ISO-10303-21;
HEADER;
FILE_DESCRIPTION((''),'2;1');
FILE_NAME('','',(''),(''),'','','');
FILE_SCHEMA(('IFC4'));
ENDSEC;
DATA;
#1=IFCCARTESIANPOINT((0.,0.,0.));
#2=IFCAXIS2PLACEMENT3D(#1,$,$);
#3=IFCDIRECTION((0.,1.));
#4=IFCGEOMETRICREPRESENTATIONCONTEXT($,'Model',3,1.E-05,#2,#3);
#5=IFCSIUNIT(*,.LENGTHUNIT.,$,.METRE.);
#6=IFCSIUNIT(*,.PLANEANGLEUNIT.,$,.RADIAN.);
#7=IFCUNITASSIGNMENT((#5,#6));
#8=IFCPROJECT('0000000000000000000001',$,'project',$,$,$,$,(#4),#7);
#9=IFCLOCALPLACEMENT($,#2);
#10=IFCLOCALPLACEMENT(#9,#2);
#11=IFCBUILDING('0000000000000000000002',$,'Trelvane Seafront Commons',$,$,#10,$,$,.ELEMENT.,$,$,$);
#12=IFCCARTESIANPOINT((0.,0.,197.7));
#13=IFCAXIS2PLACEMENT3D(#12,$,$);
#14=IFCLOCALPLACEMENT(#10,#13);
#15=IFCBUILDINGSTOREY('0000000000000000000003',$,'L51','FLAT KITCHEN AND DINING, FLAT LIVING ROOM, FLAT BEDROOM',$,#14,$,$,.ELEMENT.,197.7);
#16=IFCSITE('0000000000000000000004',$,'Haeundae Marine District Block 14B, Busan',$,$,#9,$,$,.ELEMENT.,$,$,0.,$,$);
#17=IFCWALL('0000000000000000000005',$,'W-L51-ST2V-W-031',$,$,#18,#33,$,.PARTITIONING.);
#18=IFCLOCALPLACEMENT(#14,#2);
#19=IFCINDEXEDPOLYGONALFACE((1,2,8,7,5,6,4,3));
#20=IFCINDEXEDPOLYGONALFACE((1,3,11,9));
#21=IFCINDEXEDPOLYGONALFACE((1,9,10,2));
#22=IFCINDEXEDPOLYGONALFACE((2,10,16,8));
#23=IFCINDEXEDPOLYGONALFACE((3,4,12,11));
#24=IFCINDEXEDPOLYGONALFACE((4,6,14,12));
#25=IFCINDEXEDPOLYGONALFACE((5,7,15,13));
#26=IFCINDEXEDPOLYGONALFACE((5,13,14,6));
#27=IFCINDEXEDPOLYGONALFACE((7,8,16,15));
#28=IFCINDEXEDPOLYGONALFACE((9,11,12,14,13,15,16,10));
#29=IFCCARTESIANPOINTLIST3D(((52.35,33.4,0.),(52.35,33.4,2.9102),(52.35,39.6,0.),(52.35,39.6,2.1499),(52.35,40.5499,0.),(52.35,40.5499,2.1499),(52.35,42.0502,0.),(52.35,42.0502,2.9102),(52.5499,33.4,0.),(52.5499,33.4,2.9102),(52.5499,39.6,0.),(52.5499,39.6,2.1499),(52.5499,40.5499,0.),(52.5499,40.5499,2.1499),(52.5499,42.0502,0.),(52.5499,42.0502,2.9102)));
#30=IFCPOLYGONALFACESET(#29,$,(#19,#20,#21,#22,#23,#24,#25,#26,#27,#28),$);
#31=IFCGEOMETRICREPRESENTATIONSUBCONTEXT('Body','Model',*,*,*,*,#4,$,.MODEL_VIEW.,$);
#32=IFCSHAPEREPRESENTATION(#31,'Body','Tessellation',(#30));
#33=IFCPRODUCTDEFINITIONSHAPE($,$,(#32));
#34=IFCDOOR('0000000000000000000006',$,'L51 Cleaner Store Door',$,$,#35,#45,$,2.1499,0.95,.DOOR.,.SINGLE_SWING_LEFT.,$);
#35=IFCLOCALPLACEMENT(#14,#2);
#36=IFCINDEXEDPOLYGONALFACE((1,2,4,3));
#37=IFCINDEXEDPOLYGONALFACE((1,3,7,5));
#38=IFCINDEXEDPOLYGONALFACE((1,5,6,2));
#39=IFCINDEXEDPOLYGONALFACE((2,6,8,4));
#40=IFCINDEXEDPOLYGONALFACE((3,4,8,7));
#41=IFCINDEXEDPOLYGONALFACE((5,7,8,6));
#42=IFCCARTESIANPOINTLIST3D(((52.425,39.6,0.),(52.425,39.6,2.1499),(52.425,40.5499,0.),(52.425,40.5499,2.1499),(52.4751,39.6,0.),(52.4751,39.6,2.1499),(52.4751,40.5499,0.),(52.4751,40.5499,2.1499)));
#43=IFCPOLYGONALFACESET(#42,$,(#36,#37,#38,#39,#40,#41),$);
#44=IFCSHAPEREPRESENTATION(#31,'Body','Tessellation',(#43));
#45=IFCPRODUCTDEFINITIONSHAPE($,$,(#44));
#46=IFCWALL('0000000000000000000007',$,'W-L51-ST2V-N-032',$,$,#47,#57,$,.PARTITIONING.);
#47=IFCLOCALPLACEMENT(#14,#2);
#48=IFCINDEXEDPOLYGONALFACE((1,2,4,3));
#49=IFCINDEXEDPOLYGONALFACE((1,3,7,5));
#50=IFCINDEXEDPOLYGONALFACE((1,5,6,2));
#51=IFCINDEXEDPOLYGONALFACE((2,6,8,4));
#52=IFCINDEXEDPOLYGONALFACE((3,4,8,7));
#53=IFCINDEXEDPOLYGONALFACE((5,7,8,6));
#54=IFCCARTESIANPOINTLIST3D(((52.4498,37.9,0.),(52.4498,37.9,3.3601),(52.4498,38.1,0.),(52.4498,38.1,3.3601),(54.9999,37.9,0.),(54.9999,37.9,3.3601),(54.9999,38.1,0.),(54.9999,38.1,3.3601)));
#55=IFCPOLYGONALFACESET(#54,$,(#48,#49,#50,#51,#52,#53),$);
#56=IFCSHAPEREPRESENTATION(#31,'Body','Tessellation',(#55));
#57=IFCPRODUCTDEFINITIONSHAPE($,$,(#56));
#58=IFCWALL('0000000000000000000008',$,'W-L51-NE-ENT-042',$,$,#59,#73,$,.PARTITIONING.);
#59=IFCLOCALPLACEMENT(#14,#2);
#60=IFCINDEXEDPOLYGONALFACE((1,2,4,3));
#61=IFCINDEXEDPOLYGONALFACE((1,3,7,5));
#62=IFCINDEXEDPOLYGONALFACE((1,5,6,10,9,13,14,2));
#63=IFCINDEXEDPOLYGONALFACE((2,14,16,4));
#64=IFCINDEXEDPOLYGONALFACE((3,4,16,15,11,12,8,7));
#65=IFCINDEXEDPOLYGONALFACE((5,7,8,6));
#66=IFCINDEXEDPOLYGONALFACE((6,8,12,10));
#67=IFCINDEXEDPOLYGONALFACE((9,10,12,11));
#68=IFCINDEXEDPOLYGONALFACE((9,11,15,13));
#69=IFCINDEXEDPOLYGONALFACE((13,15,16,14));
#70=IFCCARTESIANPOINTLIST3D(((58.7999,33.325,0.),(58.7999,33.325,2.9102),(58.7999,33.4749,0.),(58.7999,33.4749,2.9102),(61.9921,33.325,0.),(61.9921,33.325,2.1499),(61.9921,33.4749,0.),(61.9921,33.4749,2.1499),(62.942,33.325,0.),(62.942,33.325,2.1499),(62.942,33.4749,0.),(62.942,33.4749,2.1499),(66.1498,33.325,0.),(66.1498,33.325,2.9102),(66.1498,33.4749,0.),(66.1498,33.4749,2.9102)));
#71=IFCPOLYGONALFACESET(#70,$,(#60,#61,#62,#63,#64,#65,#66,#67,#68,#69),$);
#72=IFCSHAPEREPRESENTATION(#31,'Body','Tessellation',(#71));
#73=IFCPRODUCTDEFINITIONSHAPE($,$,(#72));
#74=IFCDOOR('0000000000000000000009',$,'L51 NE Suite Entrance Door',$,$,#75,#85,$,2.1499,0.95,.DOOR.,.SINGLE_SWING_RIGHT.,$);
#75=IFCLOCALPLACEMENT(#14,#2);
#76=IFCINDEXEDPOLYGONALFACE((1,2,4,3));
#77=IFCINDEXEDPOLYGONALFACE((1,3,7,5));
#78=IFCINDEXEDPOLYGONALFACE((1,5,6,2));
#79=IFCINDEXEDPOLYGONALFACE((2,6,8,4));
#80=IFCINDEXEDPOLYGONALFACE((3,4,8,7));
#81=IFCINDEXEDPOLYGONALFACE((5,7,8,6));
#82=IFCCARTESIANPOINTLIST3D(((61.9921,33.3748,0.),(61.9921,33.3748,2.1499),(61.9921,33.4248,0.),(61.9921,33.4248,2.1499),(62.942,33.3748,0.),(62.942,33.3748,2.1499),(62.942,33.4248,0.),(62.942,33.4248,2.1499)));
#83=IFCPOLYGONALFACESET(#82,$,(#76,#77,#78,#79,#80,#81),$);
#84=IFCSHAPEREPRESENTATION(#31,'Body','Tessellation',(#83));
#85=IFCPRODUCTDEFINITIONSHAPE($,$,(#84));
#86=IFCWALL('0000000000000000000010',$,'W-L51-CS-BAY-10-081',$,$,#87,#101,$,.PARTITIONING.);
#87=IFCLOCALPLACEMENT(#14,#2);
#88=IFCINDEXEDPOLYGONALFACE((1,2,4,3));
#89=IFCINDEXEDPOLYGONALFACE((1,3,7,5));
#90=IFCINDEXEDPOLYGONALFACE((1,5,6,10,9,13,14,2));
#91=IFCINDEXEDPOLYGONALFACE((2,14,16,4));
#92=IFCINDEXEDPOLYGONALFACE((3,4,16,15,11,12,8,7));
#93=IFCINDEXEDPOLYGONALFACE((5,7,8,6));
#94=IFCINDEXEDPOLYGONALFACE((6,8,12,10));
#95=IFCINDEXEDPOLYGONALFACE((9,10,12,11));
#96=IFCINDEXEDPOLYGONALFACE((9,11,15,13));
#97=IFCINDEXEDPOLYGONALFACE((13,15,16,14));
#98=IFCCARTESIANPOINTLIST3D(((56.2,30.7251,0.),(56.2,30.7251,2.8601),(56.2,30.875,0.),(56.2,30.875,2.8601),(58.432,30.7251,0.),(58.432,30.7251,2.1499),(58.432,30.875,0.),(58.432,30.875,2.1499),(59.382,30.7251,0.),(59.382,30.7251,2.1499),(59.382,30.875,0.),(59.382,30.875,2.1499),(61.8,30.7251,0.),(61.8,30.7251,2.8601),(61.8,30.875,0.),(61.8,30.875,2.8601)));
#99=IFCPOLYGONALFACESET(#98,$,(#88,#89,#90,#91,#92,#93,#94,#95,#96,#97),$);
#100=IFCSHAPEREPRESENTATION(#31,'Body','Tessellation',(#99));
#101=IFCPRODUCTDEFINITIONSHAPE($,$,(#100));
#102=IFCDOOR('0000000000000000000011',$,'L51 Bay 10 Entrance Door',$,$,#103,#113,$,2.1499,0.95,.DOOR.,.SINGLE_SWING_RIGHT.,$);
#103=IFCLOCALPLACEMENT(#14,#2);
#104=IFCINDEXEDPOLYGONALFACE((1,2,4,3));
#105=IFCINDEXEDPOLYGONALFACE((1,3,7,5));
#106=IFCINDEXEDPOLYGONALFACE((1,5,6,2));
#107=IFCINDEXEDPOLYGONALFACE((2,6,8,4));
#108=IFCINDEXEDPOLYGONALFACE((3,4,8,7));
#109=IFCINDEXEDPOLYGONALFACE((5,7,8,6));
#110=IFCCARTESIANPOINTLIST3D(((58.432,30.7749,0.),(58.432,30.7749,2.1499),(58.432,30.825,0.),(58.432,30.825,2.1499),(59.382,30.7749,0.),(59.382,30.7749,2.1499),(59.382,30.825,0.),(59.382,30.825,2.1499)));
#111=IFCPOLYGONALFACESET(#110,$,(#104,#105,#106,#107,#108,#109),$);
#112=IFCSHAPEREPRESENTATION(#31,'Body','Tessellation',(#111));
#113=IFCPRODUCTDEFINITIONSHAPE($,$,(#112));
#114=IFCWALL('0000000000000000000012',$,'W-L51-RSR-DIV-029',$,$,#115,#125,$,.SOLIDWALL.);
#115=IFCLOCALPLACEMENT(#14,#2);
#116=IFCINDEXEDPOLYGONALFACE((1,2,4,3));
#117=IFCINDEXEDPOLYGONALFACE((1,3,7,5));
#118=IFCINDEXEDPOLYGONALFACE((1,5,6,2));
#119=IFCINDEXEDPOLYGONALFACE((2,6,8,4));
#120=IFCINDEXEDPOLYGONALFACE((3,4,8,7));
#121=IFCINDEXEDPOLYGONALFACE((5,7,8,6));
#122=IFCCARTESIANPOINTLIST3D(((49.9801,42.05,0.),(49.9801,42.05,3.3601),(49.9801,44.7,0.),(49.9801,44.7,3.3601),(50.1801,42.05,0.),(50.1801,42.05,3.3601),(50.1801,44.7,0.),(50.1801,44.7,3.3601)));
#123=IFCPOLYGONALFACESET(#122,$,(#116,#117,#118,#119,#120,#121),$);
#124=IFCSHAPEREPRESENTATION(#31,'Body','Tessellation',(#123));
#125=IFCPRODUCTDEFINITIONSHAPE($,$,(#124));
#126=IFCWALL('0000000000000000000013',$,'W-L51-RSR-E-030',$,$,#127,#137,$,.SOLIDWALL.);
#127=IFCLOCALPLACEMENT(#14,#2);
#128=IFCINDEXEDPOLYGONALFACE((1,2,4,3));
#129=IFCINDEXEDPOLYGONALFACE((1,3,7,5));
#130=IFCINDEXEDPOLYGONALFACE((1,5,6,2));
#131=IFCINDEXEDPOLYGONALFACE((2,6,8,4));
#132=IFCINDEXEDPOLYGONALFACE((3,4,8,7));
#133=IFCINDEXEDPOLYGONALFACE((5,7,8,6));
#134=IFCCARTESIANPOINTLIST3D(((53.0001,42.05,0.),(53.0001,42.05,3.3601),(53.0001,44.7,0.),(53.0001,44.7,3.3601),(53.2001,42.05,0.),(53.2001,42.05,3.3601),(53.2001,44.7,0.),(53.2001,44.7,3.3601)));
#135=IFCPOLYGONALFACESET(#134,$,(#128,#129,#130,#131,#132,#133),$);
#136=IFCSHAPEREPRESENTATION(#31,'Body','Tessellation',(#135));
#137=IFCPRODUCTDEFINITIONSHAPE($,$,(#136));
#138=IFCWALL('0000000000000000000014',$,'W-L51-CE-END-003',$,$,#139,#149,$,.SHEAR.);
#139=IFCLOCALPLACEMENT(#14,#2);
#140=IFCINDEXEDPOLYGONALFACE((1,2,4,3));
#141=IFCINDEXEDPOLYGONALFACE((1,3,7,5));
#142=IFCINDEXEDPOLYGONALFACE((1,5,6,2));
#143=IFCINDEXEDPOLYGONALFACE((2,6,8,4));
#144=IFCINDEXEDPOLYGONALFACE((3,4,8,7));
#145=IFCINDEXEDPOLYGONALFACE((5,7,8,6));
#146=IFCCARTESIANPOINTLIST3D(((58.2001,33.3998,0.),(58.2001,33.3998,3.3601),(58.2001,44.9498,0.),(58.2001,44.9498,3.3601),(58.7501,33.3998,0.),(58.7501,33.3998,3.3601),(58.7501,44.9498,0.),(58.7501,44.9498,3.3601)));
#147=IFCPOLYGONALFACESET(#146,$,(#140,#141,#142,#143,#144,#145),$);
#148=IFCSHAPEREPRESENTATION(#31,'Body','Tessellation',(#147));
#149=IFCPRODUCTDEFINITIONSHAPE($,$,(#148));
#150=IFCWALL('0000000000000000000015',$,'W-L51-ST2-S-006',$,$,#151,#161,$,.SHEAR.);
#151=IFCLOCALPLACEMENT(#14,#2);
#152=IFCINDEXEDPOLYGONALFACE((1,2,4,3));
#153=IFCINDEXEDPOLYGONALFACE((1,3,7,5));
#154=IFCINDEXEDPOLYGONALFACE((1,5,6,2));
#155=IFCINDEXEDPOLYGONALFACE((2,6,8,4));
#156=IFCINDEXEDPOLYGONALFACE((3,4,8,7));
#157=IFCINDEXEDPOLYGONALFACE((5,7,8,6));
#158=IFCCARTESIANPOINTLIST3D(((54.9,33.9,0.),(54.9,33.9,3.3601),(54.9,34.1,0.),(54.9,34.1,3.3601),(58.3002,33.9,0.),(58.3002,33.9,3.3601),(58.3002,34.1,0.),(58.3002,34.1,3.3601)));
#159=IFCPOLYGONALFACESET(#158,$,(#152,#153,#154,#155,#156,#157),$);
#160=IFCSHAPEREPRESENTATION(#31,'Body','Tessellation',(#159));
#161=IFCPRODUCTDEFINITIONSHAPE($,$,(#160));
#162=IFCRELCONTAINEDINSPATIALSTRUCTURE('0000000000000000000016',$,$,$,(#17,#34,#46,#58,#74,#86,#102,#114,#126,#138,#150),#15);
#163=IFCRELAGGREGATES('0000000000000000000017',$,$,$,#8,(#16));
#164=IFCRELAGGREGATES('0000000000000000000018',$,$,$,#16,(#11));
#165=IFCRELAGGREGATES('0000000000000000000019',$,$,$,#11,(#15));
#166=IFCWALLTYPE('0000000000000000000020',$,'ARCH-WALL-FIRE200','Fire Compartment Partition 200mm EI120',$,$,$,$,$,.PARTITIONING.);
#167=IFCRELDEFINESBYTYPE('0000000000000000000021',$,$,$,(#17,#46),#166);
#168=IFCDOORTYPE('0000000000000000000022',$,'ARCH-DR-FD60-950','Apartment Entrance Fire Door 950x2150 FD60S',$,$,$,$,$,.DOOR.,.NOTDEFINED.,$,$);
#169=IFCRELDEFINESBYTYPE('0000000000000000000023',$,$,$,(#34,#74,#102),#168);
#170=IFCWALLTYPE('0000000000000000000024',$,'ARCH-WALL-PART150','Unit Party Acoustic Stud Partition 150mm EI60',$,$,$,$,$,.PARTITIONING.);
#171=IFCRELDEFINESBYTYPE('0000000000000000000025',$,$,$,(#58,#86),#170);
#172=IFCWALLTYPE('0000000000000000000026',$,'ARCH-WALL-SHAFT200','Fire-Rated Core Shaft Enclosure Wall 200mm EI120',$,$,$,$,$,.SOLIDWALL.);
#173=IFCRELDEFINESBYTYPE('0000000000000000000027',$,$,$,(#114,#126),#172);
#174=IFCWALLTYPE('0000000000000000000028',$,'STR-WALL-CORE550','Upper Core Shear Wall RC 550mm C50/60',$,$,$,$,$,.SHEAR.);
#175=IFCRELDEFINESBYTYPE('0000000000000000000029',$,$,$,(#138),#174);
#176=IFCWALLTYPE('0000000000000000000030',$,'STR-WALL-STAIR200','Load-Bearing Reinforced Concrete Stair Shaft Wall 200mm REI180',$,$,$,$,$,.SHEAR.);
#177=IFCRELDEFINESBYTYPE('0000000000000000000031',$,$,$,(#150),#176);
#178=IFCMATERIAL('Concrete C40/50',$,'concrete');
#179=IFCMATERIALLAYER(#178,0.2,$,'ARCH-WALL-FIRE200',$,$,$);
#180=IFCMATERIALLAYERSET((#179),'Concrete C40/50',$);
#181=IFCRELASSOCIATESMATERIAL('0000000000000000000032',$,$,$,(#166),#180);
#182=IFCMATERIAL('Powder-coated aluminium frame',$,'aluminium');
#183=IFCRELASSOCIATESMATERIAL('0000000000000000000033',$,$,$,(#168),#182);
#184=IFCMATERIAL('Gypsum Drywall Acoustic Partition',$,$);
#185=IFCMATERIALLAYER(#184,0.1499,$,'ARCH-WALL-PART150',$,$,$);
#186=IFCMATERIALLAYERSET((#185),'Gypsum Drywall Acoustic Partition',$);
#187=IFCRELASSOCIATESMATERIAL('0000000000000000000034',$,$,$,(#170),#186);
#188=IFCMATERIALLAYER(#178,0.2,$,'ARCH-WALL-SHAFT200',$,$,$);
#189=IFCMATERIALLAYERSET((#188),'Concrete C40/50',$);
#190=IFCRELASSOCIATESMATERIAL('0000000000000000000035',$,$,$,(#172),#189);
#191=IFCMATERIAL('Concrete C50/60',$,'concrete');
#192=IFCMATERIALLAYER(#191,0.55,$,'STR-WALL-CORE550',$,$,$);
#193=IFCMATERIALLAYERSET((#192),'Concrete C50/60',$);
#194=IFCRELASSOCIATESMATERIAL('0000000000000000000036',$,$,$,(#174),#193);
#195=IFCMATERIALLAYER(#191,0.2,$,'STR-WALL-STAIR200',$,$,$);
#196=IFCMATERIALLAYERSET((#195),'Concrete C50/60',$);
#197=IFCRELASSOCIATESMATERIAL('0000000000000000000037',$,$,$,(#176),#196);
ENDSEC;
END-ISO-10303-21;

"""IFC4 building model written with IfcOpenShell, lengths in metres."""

from ifc_helpers import new_model, si_unit, direction, frame, frame_2d, origin, place, context, subcontext, project, spatial, rectangle, extrude, source, transform, mapped, material, layer, layer_set, type_object, element, fill, save


model = new_model("IFC4")

# Units and contexts
model_context = context("Model", 3, precision=1e-05, world=origin(), true_north=direction((0.0, 1.0)))
body_context = subcontext(model_context, "Body", "Model", "MODEL_VIEW")
ifc_project = project(units=[si_unit("LENGTHUNIT", "METRE"), si_unit("PLANEANGLEUNIT", "RADIAN")], contexts=[model_context])

# Site, building, storey
site_placement = place(None, origin())
site = spatial("IfcSite", under=ifc_project, at=site_placement, Name="Haeundae Marine District Block 14B, Busan", CompositionType="ELEMENT", RefElevation=0.0)
building_placement = place(site_placement, origin())
building = spatial("IfcBuilding", under=site, at=building_placement, Name="Trelvane Seafront Commons", CompositionType="ELEMENT")
storey_placement = place(building_placement, frame((0.0, 0.0, 197.7)))
storey = spatial("IfcBuildingStorey", under=building, at=storey_placement, Name="L51", Description="FLAT KITCHEN AND DINING, FLAT LIVING ROOM, FLAT BEDROOM", CompositionType="ELEMENT", Elevation=197.7)

# Shared definitions
ifc_material_1 = material(Name="Concrete C50/60", Category="concrete")

# Wall, opening, door
ifc_material_2 = material(Name="Concrete C40/50", Category="concrete")
ifc_layer_1 = layer(ifc_material_2, 0.2, Name="ARCH-WALL-FIRE200")
ifc_layer_set_1 = layer_set([ifc_layer_1], Name="Concrete C40/50")
wall_type_1 = type_object("IfcWallType", Name="ARCH-WALL-FIRE200", Description="Fire Compartment Partition 200mm EI120", PredefinedType="PARTITIONING", material=ifc_layer_set_1)
wall_1_placement = place(storey_placement, frame((52.45, 33.3999, 0.0), z_axis=(0.0, 0.0, 1.0), x_axis=(0.0, 1.0, 0.0)))
wall_1 = element("IfcWall", 1, at=wall_1_placement, inside=storey, type_object=wall_type_1, Name="W-L51-ST2V-W-031", PredefinedType="PARTITIONING", context=body_context, shape_type="SweptSolid", body=[
    extrude(rectangle(XDim=8.6501, YDim=0.2, at=frame_2d((4.3252, 0.0))), origin(), (0.0, 0.0, 1.0), 2.9102),
])
opening_1_placement = place(wall_1_placement, frame((6.2, 0.0, 0.0)))
opening_1 = element("IfcOpeningElement", 2, at=opening_1_placement, cuts=wall_1, PredefinedType="OPENING", context=body_context, shape_type="SweptSolid", body=[
    extrude(rectangle(XDim=0.95, YDim=2.1499, at=frame_2d((0.4751, 1.075))), frame((0.0, 0.1099, 0.0), z_axis=(0.0, -1.0, 0.0), x_axis=(1.0, 0.0, 0.0)), (0.0, 0.0, 1.0), 0.22),
])
ifc_material_3 = material(Name="Powder-coated aluminium frame", Category="aluminium")
door_type_1 = type_object("IfcDoorType", Name="ARCH-DR-FD60-950", Description="Apartment Entrance Fire Door 950x2150 FD60S", OperationType="NOTDEFINED", PredefinedType="DOOR", material=ifc_material_3)
shared_shape_1 = source(origin(), body_context, "Body", "SweptSolid", [
    extrude(rectangle(XDim=0.95, YDim=2.1499, at=frame_2d((0.4751, 1.075))), frame((0.0, 0.0249, 0.0), z_axis=(0.0, -1.0, 0.0), x_axis=(1.0, 0.0, 0.0)), (0.0, 0.0, 1.0), 0.05),
])
door_1_placement = place(opening_1_placement, origin())
door_1 = element("IfcDoor", 3, at=door_1_placement, inside=storey, type_object=door_type_1, Name="L51 Cleaner Store Door", OperationType="SINGLE_SWING_LEFT", OverallHeight=2.1499, OverallWidth=0.95, PredefinedType="DOOR", context=body_context, shape_type="MappedRepresentation", body=[
    mapped(shared_shape_1, transform((0.0, 0.0, 0.0), x_axis=(1.0, 0.0, 0.0), y_axis=(0.0, 1.0, 0.0), z_axis=(0.0, 0.0, 1.0), scale=1.0)),
])
fill(opening_1, door_1)

# Wall
wall_2_placement = place(storey_placement, frame((52.45, 38.0, 0.0), z_axis=(0.0, 0.0, 1.0), x_axis=(1.0, 0.0, 0.0)))
element("IfcWall", 4, at=wall_2_placement, inside=storey, type_object=wall_type_1, Name="W-L51-ST2V-N-032", PredefinedType="PARTITIONING", context=body_context, shape_type="SweptSolid", body=[
    extrude(rectangle(XDim=2.55, YDim=0.2, at=frame_2d((1.2749, 0.0))), origin(), (0.0, 0.0, 1.0), 3.3601),
])

# Walls, openings, doors
ifc_material_4 = material(Name="Gypsum Drywall Acoustic Partition")
ifc_layer_2 = layer(ifc_material_4, 0.1499, Name="ARCH-WALL-PART150")
ifc_layer_set_2 = layer_set([ifc_layer_2], Name="Gypsum Drywall Acoustic Partition")
wall_type_2 = type_object("IfcWallType", Name="ARCH-WALL-PART150", Description="Unit Party Acoustic Stud Partition 150mm EI60", PredefinedType="PARTITIONING", material=ifc_layer_set_2)
wall_3_placement = place(storey_placement, frame((58.8, 33.3999, 0.0), z_axis=(0.0, 0.0, 1.0), x_axis=(1.0, 0.0, 0.0)))
wall_3 = element("IfcWall", 5, at=wall_3_placement, inside=storey, type_object=wall_type_2, Name="W-L51-NE-ENT-042", PredefinedType="PARTITIONING", context=body_context, shape_type="SweptSolid", body=[
    extrude(rectangle(XDim=7.3499, YDim=0.1499, at=frame_2d((3.6748, 0.0))), origin(), (0.0, 0.0, 1.0), 2.9102),
])
opening_2_placement = place(wall_3_placement, frame((3.1919, 0.0, 0.0)))
opening_2 = element("IfcOpeningElement", 6, at=opening_2_placement, cuts=wall_3, PredefinedType="OPENING", context=body_context, shape_type="SweptSolid", body=[
    extrude(rectangle(XDim=0.95, YDim=2.1499, at=frame_2d((0.4751, 1.075))), frame((0.0, 0.085, 0.0), z_axis=(0.0, -1.0, 0.0), x_axis=(1.0, 0.0, 0.0)), (0.0, 0.0, 1.0), 0.1699),
])
door_2_placement = place(opening_2_placement, origin())
door_2 = element("IfcDoor", 7, at=door_2_placement, inside=storey, type_object=door_type_1, Name="L51 NE Suite Entrance Door", OperationType="SINGLE_SWING_RIGHT", OverallHeight=2.1499, OverallWidth=0.95, PredefinedType="DOOR", context=body_context, shape_type="MappedRepresentation", body=[
    mapped(shared_shape_1, transform((0.0, 0.0, 0.0), x_axis=(1.0, 0.0, 0.0), y_axis=(0.0, 1.0, 0.0), z_axis=(0.0, 0.0, 1.0), scale=1.0)),
])
fill(opening_2, door_2)
wall_4_placement = place(storey_placement, frame((56.2, 30.8, 0.0), z_axis=(0.0, 0.0, 1.0), x_axis=(1.0, 0.0, 0.0)))
wall_4 = element("IfcWall", 8, at=wall_4_placement, inside=storey, type_object=wall_type_2, Name="W-L51-CS-BAY-10-081", PredefinedType="PARTITIONING", context=body_context, shape_type="SweptSolid", body=[
    extrude(rectangle(XDim=5.6001, YDim=0.1499, at=frame_2d((2.8, 0.0))), origin(), (0.0, 0.0, 1.0), 2.8601),
])
opening_3_placement = place(wall_4_placement, frame((2.2319, 0.0, 0.0)))
opening_3 = element("IfcOpeningElement", 9, at=opening_3_placement, cuts=wall_4, PredefinedType="OPENING", context=body_context, shape_type="SweptSolid", body=[
    extrude(rectangle(XDim=0.95, YDim=2.1499, at=frame_2d((0.4751, 1.075))), frame((0.0, 0.085, 0.0), z_axis=(0.0, -1.0, 0.0), x_axis=(1.0, 0.0, 0.0)), (0.0, 0.0, 1.0), 0.1699),
])
door_3_placement = place(opening_3_placement, origin())
door_3 = element("IfcDoor", 10, at=door_3_placement, inside=storey, type_object=door_type_1, Name="L51 Bay 10 Entrance Door", OperationType="SINGLE_SWING_RIGHT", OverallHeight=2.1499, OverallWidth=0.95, PredefinedType="DOOR", context=body_context, shape_type="MappedRepresentation", body=[
    mapped(shared_shape_1, transform((0.0, 0.0, 0.0), x_axis=(1.0, 0.0, 0.0), y_axis=(0.0, 1.0, 0.0), z_axis=(0.0, 0.0, 1.0), scale=1.0)),
])
fill(opening_3, door_3)

# Walls
ifc_layer_3 = layer(ifc_material_2, 0.2, Name="ARCH-WALL-SHAFT200")
ifc_layer_set_3 = layer_set([ifc_layer_3], Name="Concrete C40/50")
wall_type_3 = type_object("IfcWallType", Name="ARCH-WALL-SHAFT200", Description="Fire-Rated Core Shaft Enclosure Wall 200mm EI120", PredefinedType="SOLIDWALL", material=ifc_layer_set_3)
for number, where, z_axis, x_axis, name in (
    (11, (50.0801, 42.05, 0.0), (0.0, 0.0, 1.0), (0.0, 1.0, 0.0), "W-L51-RSR-DIV-029"),
    (12, (53.1001, 42.05, 0.0), (0.0, 0.0, 1.0), (0.0, 1.0, 0.0), "W-L51-RSR-E-030"),
):
    element("IfcWall", number, at=place(storey_placement, frame(where, z_axis=z_axis, x_axis=x_axis)), inside=storey, type_object=wall_type_3, Name=name, PredefinedType="SOLIDWALL", context=body_context, shape_type="SweptSolid", body=[
        extrude(rectangle(XDim=2.6499, YDim=0.2, at=frame_2d((1.325, 0.0))), origin(), (0.0, 0.0, 1.0), 3.3601),
    ])
ifc_layer_4 = layer(ifc_material_1, 0.55, Name="STR-WALL-CORE550")
ifc_layer_set_4 = layer_set([ifc_layer_4], Name="Concrete C50/60")
wall_type_4 = type_object("IfcWallType", Name="STR-WALL-CORE550", Description="Upper Core Shear Wall RC 550mm C50/60", PredefinedType="SHEAR", material=ifc_layer_set_4)
wall_5_placement = place(storey_placement, frame((58.4751, 33.3999, 0.0), z_axis=(0.0, 0.0, 1.0), x_axis=(0.0, 1.0, 0.0)))
element("IfcWall", 13, at=wall_5_placement, inside=storey, type_object=wall_type_4, Name="W-L51-CE-END-003", PredefinedType="SHEAR", context=body_context, shape_type="SweptSolid", body=[
    extrude(rectangle(XDim=11.55, YDim=0.55, at=frame_2d((5.7749, 0.0))), origin(), (0.0, 0.0, 1.0), 3.3601),
])
ifc_layer_5 = layer(ifc_material_1, 0.2, Name="STR-WALL-STAIR200")
ifc_layer_set_5 = layer_set([ifc_layer_5], Name="Concrete C50/60")
wall_type_5 = type_object("IfcWallType", Name="STR-WALL-STAIR200", Description="Load-Bearing Reinforced Concrete Stair Shaft Wall 200mm REI180", PredefinedType="SHEAR", material=ifc_layer_set_5)
wall_6_placement = place(storey_placement, frame((54.8999, 34.0, 0.0), z_axis=(0.0, 0.0, 1.0), x_axis=(1.0, 0.0, 0.0)))
element("IfcWall", 14, at=wall_6_placement, inside=storey, type_object=wall_type_5, Name="W-L51-ST2-S-006", PredefinedType="SHEAR", context=body_context, shape_type="SweptSolid", body=[
    extrude(rectangle(XDim=3.4001, YDim=0.2, at=frame_2d((1.7002, 0.0))), origin(), (0.0, 0.0, 1.0), 3.3601),
])

save(model, "model.ifc")
